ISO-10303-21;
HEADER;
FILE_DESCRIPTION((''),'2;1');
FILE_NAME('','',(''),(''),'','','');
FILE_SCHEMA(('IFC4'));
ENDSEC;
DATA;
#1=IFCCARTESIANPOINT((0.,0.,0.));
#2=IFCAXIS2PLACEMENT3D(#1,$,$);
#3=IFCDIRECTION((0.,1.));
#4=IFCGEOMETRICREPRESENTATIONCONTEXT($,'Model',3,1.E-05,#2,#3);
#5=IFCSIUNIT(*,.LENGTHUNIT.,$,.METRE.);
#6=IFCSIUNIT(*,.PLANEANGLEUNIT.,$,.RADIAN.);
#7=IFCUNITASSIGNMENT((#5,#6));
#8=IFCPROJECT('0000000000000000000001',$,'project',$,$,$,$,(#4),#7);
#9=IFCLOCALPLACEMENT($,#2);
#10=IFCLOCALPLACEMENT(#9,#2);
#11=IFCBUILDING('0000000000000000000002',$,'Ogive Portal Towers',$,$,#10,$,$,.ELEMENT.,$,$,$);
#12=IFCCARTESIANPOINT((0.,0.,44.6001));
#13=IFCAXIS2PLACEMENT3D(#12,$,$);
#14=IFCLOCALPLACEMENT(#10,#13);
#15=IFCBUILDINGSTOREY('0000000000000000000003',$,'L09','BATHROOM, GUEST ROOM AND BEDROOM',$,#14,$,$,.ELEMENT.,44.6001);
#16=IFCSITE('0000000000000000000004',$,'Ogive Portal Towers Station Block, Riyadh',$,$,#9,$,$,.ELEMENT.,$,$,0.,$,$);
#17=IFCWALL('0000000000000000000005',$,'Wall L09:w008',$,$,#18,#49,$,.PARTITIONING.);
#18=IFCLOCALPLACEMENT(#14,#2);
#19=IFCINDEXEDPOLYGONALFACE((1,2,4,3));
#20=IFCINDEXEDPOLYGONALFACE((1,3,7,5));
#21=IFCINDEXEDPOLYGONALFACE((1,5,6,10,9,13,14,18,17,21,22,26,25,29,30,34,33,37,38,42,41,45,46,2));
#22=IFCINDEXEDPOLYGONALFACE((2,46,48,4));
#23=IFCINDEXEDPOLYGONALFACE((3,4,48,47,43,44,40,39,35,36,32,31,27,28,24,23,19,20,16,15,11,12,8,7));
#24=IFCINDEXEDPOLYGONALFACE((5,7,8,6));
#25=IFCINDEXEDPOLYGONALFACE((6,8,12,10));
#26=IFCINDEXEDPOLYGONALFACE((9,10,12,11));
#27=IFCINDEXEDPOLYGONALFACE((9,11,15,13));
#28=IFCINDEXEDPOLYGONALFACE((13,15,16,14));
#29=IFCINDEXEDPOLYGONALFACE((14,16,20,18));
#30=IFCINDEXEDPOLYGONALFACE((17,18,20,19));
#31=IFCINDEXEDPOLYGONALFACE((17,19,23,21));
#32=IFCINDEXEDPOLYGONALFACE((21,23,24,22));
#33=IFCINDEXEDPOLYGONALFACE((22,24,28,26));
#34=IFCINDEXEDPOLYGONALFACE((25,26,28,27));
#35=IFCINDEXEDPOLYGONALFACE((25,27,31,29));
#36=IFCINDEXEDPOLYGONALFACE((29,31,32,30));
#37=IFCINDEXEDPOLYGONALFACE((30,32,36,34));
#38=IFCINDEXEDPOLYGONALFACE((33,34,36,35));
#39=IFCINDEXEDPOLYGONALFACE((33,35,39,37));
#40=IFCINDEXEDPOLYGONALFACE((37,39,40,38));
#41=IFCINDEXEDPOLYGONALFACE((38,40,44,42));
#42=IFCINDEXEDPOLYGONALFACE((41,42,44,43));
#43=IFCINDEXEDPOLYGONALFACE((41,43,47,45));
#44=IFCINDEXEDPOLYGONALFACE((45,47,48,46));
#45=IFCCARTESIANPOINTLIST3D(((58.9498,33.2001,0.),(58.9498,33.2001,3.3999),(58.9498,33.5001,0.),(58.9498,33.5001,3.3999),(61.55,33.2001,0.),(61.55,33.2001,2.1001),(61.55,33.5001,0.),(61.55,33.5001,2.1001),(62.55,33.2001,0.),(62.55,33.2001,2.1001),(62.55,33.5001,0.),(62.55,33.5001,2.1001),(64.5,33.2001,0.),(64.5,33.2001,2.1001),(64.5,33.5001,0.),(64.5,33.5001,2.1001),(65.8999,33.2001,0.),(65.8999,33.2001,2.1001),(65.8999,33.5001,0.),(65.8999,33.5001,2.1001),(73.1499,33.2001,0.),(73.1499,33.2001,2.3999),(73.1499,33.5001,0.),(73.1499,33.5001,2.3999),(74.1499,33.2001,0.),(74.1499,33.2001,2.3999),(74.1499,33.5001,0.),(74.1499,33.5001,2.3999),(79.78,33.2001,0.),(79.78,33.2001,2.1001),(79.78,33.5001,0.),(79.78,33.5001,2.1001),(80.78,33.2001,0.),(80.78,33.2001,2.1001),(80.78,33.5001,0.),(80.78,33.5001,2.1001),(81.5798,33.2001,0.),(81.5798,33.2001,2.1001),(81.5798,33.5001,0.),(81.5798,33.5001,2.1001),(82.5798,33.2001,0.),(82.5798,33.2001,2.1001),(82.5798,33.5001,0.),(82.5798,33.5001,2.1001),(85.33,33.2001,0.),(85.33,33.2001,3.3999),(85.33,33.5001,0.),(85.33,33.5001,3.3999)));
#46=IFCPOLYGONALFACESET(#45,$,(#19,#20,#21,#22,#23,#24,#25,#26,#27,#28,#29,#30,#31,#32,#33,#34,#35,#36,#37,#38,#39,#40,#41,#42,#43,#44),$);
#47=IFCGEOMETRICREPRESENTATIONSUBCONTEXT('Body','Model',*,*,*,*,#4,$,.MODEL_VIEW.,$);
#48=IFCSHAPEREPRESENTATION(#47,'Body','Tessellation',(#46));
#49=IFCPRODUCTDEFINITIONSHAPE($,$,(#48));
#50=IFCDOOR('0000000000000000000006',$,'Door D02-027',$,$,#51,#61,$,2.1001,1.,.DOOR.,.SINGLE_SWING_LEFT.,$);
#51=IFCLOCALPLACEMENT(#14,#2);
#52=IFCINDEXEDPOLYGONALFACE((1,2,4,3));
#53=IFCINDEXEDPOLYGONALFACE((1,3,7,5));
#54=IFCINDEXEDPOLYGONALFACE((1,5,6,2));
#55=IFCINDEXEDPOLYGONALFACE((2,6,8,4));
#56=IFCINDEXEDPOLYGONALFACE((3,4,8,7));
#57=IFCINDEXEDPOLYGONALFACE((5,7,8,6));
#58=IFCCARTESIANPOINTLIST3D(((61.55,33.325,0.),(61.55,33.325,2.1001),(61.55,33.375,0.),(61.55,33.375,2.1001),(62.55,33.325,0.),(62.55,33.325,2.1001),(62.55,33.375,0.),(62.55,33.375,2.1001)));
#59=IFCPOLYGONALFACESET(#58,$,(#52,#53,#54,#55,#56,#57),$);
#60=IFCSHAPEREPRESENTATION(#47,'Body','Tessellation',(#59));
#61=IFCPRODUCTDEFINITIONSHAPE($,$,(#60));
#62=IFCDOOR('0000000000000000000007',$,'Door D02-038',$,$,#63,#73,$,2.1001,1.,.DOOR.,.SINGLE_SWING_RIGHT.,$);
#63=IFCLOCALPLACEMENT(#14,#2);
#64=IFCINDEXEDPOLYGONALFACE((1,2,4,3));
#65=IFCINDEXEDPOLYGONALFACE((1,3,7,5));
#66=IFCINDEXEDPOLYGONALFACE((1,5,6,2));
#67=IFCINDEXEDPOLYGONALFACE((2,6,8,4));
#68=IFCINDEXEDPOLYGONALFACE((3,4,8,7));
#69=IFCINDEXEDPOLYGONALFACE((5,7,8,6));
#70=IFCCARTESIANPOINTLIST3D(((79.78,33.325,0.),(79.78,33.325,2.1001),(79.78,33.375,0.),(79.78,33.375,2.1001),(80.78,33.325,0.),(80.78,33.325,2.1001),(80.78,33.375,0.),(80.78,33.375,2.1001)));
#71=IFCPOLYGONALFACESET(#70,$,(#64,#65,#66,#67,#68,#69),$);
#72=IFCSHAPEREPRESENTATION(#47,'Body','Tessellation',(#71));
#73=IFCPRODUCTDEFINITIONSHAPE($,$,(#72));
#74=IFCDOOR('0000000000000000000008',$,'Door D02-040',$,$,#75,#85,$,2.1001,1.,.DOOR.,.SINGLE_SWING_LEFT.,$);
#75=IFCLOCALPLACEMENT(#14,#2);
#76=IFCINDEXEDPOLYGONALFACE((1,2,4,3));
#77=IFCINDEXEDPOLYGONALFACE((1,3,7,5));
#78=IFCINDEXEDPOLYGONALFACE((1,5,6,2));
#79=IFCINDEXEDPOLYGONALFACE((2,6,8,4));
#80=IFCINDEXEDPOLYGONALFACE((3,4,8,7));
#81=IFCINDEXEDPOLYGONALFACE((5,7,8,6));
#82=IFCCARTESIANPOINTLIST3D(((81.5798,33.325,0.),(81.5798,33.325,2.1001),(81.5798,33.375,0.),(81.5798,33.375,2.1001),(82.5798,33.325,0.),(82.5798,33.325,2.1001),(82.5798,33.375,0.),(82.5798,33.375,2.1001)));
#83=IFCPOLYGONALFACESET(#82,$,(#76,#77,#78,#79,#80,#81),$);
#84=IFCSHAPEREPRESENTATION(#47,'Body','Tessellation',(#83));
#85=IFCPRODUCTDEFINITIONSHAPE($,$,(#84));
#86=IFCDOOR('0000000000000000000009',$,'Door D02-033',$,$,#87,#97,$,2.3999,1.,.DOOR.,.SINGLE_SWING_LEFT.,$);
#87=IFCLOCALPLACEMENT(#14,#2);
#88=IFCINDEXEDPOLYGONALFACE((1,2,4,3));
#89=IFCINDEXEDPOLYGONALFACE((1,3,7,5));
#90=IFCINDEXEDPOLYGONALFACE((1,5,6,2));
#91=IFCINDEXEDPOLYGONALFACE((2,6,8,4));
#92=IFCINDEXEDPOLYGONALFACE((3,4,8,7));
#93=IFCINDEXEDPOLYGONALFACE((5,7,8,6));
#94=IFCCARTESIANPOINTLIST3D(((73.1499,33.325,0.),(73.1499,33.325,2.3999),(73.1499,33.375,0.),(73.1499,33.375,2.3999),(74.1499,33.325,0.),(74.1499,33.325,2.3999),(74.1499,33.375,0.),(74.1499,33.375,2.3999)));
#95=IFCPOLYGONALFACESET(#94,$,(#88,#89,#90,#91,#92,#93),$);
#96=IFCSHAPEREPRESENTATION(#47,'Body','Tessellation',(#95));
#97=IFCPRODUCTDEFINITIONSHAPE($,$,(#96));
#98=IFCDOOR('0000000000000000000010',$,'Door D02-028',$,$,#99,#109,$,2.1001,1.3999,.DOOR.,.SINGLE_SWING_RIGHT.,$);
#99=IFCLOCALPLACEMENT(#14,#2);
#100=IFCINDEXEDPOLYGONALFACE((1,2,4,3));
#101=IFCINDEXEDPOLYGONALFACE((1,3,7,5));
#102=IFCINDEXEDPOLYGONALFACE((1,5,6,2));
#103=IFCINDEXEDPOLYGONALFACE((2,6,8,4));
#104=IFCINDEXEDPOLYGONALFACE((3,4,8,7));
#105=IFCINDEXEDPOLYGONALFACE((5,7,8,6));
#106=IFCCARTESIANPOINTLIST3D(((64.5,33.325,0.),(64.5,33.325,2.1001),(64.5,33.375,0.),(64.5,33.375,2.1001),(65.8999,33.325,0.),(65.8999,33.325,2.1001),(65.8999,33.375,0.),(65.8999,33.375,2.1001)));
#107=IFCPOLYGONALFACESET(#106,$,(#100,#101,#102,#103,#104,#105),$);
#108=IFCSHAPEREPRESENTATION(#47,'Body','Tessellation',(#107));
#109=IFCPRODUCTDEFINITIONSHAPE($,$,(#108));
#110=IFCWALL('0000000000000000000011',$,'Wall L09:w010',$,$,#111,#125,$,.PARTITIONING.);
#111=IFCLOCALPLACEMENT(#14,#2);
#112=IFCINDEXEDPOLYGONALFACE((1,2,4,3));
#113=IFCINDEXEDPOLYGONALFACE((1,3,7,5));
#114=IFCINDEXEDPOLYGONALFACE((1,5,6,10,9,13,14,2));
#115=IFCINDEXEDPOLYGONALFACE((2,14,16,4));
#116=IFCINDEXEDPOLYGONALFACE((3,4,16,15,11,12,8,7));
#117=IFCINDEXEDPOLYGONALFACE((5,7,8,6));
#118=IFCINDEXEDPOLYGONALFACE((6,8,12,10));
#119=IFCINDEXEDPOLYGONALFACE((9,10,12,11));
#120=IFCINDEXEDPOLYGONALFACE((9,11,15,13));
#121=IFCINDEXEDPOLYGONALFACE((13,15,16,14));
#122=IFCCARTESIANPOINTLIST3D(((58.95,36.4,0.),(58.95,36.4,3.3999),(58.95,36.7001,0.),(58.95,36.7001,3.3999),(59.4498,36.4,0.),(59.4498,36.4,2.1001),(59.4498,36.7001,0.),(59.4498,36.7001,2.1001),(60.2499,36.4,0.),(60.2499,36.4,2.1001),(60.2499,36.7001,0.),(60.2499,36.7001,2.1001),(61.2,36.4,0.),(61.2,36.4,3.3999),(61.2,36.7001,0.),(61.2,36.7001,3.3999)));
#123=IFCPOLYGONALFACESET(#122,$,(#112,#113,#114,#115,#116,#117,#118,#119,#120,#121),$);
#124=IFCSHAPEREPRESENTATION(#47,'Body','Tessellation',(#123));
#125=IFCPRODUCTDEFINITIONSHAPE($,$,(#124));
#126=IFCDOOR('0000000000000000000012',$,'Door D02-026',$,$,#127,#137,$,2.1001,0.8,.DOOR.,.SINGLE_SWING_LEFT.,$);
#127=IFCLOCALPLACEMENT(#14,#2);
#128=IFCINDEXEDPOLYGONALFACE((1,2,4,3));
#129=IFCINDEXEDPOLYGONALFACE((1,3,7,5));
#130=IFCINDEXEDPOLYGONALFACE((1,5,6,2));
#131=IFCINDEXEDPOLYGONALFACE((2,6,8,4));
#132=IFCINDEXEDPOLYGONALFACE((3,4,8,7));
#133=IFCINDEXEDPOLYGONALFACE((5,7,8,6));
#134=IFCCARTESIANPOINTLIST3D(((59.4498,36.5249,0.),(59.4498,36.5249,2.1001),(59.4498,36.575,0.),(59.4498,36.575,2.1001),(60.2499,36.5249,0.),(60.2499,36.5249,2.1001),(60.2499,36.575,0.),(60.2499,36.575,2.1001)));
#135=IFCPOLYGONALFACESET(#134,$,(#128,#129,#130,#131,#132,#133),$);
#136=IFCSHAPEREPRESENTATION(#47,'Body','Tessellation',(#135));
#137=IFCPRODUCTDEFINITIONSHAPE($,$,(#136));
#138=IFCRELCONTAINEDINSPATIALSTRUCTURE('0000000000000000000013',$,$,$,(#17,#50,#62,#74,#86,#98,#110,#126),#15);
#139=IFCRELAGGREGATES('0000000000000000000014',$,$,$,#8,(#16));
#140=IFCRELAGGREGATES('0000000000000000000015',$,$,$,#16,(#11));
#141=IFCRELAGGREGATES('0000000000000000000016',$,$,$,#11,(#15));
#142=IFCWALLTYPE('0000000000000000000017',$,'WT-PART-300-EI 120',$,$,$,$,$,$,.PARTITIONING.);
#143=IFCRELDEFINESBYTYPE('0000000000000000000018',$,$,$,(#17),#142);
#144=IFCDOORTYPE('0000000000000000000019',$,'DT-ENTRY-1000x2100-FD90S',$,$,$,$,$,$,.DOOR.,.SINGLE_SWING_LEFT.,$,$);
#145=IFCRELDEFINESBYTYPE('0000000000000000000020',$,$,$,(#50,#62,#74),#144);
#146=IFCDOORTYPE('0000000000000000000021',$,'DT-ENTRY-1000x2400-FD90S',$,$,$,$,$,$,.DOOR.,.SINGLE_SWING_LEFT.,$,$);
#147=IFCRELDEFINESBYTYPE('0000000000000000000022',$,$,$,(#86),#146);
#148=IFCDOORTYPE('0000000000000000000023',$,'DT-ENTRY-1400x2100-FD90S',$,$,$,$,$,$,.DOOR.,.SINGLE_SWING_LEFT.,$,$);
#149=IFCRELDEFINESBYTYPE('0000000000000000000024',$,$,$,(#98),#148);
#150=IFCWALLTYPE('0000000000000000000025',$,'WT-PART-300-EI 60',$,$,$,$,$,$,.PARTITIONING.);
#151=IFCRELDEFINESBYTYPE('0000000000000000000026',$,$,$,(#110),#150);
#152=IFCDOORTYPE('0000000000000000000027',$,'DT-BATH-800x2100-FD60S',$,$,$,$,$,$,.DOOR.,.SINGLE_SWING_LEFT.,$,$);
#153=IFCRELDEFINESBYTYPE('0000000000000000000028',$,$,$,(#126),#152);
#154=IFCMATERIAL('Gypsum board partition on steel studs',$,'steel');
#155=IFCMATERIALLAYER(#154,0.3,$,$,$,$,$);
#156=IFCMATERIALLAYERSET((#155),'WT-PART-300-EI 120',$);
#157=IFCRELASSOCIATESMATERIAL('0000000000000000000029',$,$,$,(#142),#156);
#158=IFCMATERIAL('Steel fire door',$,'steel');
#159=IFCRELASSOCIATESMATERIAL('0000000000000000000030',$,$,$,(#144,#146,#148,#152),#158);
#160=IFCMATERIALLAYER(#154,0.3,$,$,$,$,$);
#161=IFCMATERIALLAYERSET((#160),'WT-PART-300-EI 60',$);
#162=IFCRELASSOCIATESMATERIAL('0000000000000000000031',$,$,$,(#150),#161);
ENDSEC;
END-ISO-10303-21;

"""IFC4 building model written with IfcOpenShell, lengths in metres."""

from ifc_helpers import new_model, si_unit, direction, frame, frame_2d, origin, place, context, subcontext, project, spatial, rectangle, extrude, material, layer, layer_set, type_object, element, fill, save


model = new_model("IFC4")

# Units and contexts
model_context = context("Model", 3, precision=1e-05, world=origin(), true_north=direction((0.0, 1.0)))
body_context = subcontext(model_context, "Body", "Model", "MODEL_VIEW")
ifc_project = project(units=[si_unit("LENGTHUNIT", "METRE"), si_unit("PLANEANGLEUNIT", "RADIAN")], contexts=[model_context])

# Site, building, storey
site_placement = place(None, origin())
site = spatial("IfcSite", under=ifc_project, at=site_placement, Name="Ogive Portal Towers Station Block, Riyadh", CompositionType="ELEMENT", RefElevation=0.0)
building_placement = place(site_placement, origin())
building = spatial("IfcBuilding", under=site, at=building_placement, Name="Ogive Portal Towers", CompositionType="ELEMENT")
storey_placement = place(building_placement, frame((0.0, 0.0, 44.6001)))
storey = spatial("IfcBuildingStorey", under=building, at=storey_placement, Name="L09", Description="BATHROOM, GUEST ROOM AND BEDROOM", CompositionType="ELEMENT", Elevation=44.6001)

# Wall, openings, doors
ifc_material_1 = material(Name="Gypsum board partition on steel studs", Category="steel")
ifc_layer_1 = layer(ifc_material_1, 0.3)
ifc_layer_set_1 = layer_set([ifc_layer_1], Name="WT-PART-300-EI 120")
wall_type_1 = type_object("IfcWallType", Name="WT-PART-300-EI 120", PredefinedType="PARTITIONING", material=ifc_layer_set_1)
ifc_material_2 = material(Name="Steel fire door", Category="steel")
door_type_1 = type_object("IfcDoorType", Name="DT-ENTRY-1000x2100-FD90S", OperationType="SINGLE_SWING_LEFT", PredefinedType="DOOR", material=ifc_material_2)
door_type_2 = type_object("IfcDoorType", Name="DT-ENTRY-1000x2400-FD90S", OperationType="SINGLE_SWING_LEFT", PredefinedType="DOOR", material=ifc_material_2)
wall_1_placement = place(storey_placement, frame((58.95, 33.3501, 0.0), z_axis=(0.0, 0.0, 1.0), x_axis=(1.0, 0.0, 0.0)))
wall_1 = element("IfcWall", 1, at=wall_1_placement, inside=storey, type_object=wall_type_1, Name="Wall L09:w008", PredefinedType="PARTITIONING", context=body_context, shape_type="SweptSolid", body=[
    extrude(rectangle(XDim=26.3801, YDim=0.3, at=frame_2d((13.1899, 0.0))), origin(), (0.0, 0.0, 1.0), 3.3999),
])
opening_1_placement = place(wall_1_placement, frame((2.6001, 0.0, 0.0)))
opening_1 = element("IfcOpeningElement", 2, at=opening_1_placement, cuts=wall_1, PredefinedType="OPENING", context=body_context, shape_type="SweptSolid", body=[
    extrude(rectangle(XDim=1.0, YDim=2.1001, at=frame_2d((0.5, 1.05))), frame((0.0, 0.1602, 0.0), z_axis=(0.0, -1.0, 0.0), x_axis=(1.0, 0.0, 0.0)), (0.0, 0.0, 1.0), 0.3201),
])
opening_2_placement = place(wall_1_placement, frame((5.55, 0.0, 0.0)))
opening_2 = element("IfcOpeningElement", 3, at=opening_2_placement, cuts=wall_1, PredefinedType="OPENING", context=body_context, shape_type="SweptSolid", body=[
    extrude(rectangle(XDim=1.3999, YDim=2.1001, at=frame_2d((0.7, 1.05))), frame((0.0, 0.1602, 0.0), z_axis=(0.0, -1.0, 0.0), x_axis=(1.0, 0.0, 0.0)), (0.0, 0.0, 1.0), 0.3201),
])
opening_3_placement = place(wall_1_placement, frame((14.2, 0.0, 0.0)))
opening_3 = element("IfcOpeningElement", 4, at=opening_3_placement, cuts=wall_1, PredefinedType="OPENING", context=body_context, shape_type="SweptSolid", body=[
    extrude(rectangle(XDim=1.0, YDim=2.3999, at=frame_2d((0.5, 1.2))), frame((0.0, 0.1602, 0.0), z_axis=(0.0, -1.0, 0.0), x_axis=(1.0, 0.0, 0.0)), (0.0, 0.0, 1.0), 0.3201),
])
opening_4_placement = place(wall_1_placement, frame((20.8301, 0.0, 0.0)))
opening_4 = element("IfcOpeningElement", 5, at=opening_4_placement, cuts=wall_1, PredefinedType="OPENING", context=body_context, shape_type="SweptSolid", body=[
    extrude(rectangle(XDim=1.0, YDim=2.1001, at=frame_2d((0.5, 1.05))), frame((0.0, 0.1602, 0.0), z_axis=(0.0, -1.0, 0.0), x_axis=(1.0, 0.0, 0.0)), (0.0, 0.0, 1.0), 0.3201),
])
opening_5_placement = place(wall_1_placement, frame((22.6299, 0.0, 0.0)))
opening_5 = element("IfcOpeningElement", 6, at=opening_5_placement, cuts=wall_1, PredefinedType="OPENING", context=body_context, shape_type="SweptSolid", body=[
    extrude(rectangle(XDim=1.0, YDim=2.1001, at=frame_2d((0.5, 1.05))), frame((0.0, 0.1602, 0.0), z_axis=(0.0, -1.0, 0.0), x_axis=(1.0, 0.0, 0.0)), (0.0, 0.0, 1.0), 0.3201),
])
door_1_placement = place(opening_1_placement, origin())
door_1 = element("IfcDoor", 7, at=door_1_placement, inside=storey, type_object=door_type_1, Name="Door D02-027", OperationType="SINGLE_SWING_LEFT", OverallHeight=2.1001, OverallWidth=1.0, PredefinedType="DOOR", context=body_context, shape_type="SweptSolid", body=[
    extrude(rectangle(XDim=1.0, YDim=2.1001, at=frame_2d((0.5, 1.05))), frame((0.0, 0.0249, 0.0), z_axis=(0.0, -1.0, 0.0), x_axis=(1.0, 0.0, 0.0)), (0.0, 0.0, 1.0), 0.05),
])
fill(opening_1, door_1)
door_2_placement = place(opening_4_placement, origin())
door_2 = element("IfcDoor", 8, at=door_2_placement, inside=storey, type_object=door_type_1, Name="Door D02-038", OperationType="SINGLE_SWING_RIGHT", OverallHeight=2.1001, OverallWidth=1.0, PredefinedType="DOOR", context=body_context, shape_type="SweptSolid", body=[
    extrude(rectangle(XDim=1.0, YDim=2.1001, at=frame_2d((0.5, 1.05))), frame((0.0, 0.0249, 0.0), z_axis=(0.0, -1.0, 0.0), x_axis=(1.0, 0.0, 0.0)), (0.0, 0.0, 1.0), 0.05),
])
fill(opening_4, door_2)
door_3_placement = place(opening_5_placement, origin())
door_3 = element("IfcDoor", 9, at=door_3_placement, inside=storey, type_object=door_type_1, Name="Door D02-040", OperationType="SINGLE_SWING_LEFT", OverallHeight=2.1001, OverallWidth=1.0, PredefinedType="DOOR", context=body_context, shape_type="SweptSolid", body=[
    extrude(rectangle(XDim=1.0, YDim=2.1001, at=frame_2d((0.5, 1.05))), frame((0.0, 0.0249, 0.0), z_axis=(0.0, -1.0, 0.0), x_axis=(1.0, 0.0, 0.0)), (0.0, 0.0, 1.0), 0.05),
])
fill(opening_5, door_3)
door_4_placement = place(opening_3_placement, origin())
door_4 = element("IfcDoor", 10, at=door_4_placement, inside=storey, type_object=door_type_2, Name="Door D02-033", OperationType="SINGLE_SWING_LEFT", OverallHeight=2.3999, OverallWidth=1.0, PredefinedType="DOOR", context=body_context, shape_type="SweptSolid", body=[
    extrude(rectangle(XDim=1.0, YDim=2.3999, at=frame_2d((0.5, 1.2))), frame((0.0, 0.0249, 0.0), z_axis=(0.0, -1.0, 0.0), x_axis=(1.0, 0.0, 0.0)), (0.0, 0.0, 1.0), 0.05),
])
fill(opening_3, door_4)
door_type_3 = type_object("IfcDoorType", Name="DT-ENTRY-1400x2100-FD90S", OperationType="SINGLE_SWING_LEFT", PredefinedType="DOOR", material=ifc_material_2)
door_5_placement = place(opening_2_placement, origin())
door_5 = element("IfcDoor", 11, at=door_5_placement, inside=storey, type_object=door_type_3, Name="Door D02-028", OperationType="SINGLE_SWING_RIGHT", OverallHeight=2.1001, OverallWidth=1.3999, PredefinedType="DOOR", context=body_context, shape_type="SweptSolid", body=[
    extrude(rectangle(XDim=1.3999, YDim=2.1001, at=frame_2d((0.7, 1.05))), frame((0.0, 0.0249, 0.0), z_axis=(0.0, -1.0, 0.0), x_axis=(1.0, 0.0, 0.0)), (0.0, 0.0, 1.0), 0.05),
])
fill(opening_2, door_5)

# Wall, opening, door
ifc_layer_2 = layer(ifc_material_1, 0.3)
ifc_layer_set_2 = layer_set([ifc_layer_2], Name="WT-PART-300-EI 60")
wall_type_2 = type_object("IfcWallType", Name="WT-PART-300-EI 60", PredefinedType="PARTITIONING", material=ifc_layer_set_2)
wall_2_placement = place(storey_placement, frame((58.95, 36.55, 0.0), z_axis=(0.0, 0.0, 1.0), x_axis=(1.0, 0.0, 0.0)))
wall_2 = element("IfcWall", 12, at=wall_2_placement, inside=storey, type_object=wall_type_2, Name="Wall L09:w010", PredefinedType="PARTITIONING", context=body_context, shape_type="SweptSolid", body=[
    extrude(rectangle(XDim=2.25, YDim=0.3, at=frame_2d((1.125, 0.0))), origin(), (0.0, 0.0, 1.0), 3.3999),
])
opening_6_placement = place(wall_2_placement, frame((0.5, 0.0, 0.0)))
opening_6 = element("IfcOpeningElement", 13, at=opening_6_placement, cuts=wall_2, PredefinedType="OPENING", context=body_context, shape_type="SweptSolid", body=[
    extrude(rectangle(XDim=0.8, YDim=2.1001, at=frame_2d((0.3999, 1.05))), frame((0.0, 0.1602, 0.0), z_axis=(0.0, -1.0, 0.0), x_axis=(1.0, 0.0, 0.0)), (0.0, 0.0, 1.0), 0.3201),
])
door_type_4 = type_object("IfcDoorType", Name="DT-BATH-800x2100-FD60S", OperationType="SINGLE_SWING_LEFT", PredefinedType="DOOR", material=ifc_material_2)
door_6_placement = place(opening_6_placement, origin())
door_6 = element("IfcDoor", 14, at=door_6_placement, inside=storey, type_object=door_type_4, Name="Door D02-026", OperationType="SINGLE_SWING_LEFT", OverallHeight=2.1001, OverallWidth=0.8, PredefinedType="DOOR", context=body_context, shape_type="SweptSolid", body=[
    extrude(rectangle(XDim=0.8, YDim=2.1001, at=frame_2d((0.3999, 1.05))), frame((0.0, 0.0249, 0.0), z_axis=(0.0, -1.0, 0.0), x_axis=(1.0, 0.0, 0.0)), (0.0, 0.0, 1.0), 0.05),
])
fill(opening_6, door_6)

save(model, "model.ifc")
